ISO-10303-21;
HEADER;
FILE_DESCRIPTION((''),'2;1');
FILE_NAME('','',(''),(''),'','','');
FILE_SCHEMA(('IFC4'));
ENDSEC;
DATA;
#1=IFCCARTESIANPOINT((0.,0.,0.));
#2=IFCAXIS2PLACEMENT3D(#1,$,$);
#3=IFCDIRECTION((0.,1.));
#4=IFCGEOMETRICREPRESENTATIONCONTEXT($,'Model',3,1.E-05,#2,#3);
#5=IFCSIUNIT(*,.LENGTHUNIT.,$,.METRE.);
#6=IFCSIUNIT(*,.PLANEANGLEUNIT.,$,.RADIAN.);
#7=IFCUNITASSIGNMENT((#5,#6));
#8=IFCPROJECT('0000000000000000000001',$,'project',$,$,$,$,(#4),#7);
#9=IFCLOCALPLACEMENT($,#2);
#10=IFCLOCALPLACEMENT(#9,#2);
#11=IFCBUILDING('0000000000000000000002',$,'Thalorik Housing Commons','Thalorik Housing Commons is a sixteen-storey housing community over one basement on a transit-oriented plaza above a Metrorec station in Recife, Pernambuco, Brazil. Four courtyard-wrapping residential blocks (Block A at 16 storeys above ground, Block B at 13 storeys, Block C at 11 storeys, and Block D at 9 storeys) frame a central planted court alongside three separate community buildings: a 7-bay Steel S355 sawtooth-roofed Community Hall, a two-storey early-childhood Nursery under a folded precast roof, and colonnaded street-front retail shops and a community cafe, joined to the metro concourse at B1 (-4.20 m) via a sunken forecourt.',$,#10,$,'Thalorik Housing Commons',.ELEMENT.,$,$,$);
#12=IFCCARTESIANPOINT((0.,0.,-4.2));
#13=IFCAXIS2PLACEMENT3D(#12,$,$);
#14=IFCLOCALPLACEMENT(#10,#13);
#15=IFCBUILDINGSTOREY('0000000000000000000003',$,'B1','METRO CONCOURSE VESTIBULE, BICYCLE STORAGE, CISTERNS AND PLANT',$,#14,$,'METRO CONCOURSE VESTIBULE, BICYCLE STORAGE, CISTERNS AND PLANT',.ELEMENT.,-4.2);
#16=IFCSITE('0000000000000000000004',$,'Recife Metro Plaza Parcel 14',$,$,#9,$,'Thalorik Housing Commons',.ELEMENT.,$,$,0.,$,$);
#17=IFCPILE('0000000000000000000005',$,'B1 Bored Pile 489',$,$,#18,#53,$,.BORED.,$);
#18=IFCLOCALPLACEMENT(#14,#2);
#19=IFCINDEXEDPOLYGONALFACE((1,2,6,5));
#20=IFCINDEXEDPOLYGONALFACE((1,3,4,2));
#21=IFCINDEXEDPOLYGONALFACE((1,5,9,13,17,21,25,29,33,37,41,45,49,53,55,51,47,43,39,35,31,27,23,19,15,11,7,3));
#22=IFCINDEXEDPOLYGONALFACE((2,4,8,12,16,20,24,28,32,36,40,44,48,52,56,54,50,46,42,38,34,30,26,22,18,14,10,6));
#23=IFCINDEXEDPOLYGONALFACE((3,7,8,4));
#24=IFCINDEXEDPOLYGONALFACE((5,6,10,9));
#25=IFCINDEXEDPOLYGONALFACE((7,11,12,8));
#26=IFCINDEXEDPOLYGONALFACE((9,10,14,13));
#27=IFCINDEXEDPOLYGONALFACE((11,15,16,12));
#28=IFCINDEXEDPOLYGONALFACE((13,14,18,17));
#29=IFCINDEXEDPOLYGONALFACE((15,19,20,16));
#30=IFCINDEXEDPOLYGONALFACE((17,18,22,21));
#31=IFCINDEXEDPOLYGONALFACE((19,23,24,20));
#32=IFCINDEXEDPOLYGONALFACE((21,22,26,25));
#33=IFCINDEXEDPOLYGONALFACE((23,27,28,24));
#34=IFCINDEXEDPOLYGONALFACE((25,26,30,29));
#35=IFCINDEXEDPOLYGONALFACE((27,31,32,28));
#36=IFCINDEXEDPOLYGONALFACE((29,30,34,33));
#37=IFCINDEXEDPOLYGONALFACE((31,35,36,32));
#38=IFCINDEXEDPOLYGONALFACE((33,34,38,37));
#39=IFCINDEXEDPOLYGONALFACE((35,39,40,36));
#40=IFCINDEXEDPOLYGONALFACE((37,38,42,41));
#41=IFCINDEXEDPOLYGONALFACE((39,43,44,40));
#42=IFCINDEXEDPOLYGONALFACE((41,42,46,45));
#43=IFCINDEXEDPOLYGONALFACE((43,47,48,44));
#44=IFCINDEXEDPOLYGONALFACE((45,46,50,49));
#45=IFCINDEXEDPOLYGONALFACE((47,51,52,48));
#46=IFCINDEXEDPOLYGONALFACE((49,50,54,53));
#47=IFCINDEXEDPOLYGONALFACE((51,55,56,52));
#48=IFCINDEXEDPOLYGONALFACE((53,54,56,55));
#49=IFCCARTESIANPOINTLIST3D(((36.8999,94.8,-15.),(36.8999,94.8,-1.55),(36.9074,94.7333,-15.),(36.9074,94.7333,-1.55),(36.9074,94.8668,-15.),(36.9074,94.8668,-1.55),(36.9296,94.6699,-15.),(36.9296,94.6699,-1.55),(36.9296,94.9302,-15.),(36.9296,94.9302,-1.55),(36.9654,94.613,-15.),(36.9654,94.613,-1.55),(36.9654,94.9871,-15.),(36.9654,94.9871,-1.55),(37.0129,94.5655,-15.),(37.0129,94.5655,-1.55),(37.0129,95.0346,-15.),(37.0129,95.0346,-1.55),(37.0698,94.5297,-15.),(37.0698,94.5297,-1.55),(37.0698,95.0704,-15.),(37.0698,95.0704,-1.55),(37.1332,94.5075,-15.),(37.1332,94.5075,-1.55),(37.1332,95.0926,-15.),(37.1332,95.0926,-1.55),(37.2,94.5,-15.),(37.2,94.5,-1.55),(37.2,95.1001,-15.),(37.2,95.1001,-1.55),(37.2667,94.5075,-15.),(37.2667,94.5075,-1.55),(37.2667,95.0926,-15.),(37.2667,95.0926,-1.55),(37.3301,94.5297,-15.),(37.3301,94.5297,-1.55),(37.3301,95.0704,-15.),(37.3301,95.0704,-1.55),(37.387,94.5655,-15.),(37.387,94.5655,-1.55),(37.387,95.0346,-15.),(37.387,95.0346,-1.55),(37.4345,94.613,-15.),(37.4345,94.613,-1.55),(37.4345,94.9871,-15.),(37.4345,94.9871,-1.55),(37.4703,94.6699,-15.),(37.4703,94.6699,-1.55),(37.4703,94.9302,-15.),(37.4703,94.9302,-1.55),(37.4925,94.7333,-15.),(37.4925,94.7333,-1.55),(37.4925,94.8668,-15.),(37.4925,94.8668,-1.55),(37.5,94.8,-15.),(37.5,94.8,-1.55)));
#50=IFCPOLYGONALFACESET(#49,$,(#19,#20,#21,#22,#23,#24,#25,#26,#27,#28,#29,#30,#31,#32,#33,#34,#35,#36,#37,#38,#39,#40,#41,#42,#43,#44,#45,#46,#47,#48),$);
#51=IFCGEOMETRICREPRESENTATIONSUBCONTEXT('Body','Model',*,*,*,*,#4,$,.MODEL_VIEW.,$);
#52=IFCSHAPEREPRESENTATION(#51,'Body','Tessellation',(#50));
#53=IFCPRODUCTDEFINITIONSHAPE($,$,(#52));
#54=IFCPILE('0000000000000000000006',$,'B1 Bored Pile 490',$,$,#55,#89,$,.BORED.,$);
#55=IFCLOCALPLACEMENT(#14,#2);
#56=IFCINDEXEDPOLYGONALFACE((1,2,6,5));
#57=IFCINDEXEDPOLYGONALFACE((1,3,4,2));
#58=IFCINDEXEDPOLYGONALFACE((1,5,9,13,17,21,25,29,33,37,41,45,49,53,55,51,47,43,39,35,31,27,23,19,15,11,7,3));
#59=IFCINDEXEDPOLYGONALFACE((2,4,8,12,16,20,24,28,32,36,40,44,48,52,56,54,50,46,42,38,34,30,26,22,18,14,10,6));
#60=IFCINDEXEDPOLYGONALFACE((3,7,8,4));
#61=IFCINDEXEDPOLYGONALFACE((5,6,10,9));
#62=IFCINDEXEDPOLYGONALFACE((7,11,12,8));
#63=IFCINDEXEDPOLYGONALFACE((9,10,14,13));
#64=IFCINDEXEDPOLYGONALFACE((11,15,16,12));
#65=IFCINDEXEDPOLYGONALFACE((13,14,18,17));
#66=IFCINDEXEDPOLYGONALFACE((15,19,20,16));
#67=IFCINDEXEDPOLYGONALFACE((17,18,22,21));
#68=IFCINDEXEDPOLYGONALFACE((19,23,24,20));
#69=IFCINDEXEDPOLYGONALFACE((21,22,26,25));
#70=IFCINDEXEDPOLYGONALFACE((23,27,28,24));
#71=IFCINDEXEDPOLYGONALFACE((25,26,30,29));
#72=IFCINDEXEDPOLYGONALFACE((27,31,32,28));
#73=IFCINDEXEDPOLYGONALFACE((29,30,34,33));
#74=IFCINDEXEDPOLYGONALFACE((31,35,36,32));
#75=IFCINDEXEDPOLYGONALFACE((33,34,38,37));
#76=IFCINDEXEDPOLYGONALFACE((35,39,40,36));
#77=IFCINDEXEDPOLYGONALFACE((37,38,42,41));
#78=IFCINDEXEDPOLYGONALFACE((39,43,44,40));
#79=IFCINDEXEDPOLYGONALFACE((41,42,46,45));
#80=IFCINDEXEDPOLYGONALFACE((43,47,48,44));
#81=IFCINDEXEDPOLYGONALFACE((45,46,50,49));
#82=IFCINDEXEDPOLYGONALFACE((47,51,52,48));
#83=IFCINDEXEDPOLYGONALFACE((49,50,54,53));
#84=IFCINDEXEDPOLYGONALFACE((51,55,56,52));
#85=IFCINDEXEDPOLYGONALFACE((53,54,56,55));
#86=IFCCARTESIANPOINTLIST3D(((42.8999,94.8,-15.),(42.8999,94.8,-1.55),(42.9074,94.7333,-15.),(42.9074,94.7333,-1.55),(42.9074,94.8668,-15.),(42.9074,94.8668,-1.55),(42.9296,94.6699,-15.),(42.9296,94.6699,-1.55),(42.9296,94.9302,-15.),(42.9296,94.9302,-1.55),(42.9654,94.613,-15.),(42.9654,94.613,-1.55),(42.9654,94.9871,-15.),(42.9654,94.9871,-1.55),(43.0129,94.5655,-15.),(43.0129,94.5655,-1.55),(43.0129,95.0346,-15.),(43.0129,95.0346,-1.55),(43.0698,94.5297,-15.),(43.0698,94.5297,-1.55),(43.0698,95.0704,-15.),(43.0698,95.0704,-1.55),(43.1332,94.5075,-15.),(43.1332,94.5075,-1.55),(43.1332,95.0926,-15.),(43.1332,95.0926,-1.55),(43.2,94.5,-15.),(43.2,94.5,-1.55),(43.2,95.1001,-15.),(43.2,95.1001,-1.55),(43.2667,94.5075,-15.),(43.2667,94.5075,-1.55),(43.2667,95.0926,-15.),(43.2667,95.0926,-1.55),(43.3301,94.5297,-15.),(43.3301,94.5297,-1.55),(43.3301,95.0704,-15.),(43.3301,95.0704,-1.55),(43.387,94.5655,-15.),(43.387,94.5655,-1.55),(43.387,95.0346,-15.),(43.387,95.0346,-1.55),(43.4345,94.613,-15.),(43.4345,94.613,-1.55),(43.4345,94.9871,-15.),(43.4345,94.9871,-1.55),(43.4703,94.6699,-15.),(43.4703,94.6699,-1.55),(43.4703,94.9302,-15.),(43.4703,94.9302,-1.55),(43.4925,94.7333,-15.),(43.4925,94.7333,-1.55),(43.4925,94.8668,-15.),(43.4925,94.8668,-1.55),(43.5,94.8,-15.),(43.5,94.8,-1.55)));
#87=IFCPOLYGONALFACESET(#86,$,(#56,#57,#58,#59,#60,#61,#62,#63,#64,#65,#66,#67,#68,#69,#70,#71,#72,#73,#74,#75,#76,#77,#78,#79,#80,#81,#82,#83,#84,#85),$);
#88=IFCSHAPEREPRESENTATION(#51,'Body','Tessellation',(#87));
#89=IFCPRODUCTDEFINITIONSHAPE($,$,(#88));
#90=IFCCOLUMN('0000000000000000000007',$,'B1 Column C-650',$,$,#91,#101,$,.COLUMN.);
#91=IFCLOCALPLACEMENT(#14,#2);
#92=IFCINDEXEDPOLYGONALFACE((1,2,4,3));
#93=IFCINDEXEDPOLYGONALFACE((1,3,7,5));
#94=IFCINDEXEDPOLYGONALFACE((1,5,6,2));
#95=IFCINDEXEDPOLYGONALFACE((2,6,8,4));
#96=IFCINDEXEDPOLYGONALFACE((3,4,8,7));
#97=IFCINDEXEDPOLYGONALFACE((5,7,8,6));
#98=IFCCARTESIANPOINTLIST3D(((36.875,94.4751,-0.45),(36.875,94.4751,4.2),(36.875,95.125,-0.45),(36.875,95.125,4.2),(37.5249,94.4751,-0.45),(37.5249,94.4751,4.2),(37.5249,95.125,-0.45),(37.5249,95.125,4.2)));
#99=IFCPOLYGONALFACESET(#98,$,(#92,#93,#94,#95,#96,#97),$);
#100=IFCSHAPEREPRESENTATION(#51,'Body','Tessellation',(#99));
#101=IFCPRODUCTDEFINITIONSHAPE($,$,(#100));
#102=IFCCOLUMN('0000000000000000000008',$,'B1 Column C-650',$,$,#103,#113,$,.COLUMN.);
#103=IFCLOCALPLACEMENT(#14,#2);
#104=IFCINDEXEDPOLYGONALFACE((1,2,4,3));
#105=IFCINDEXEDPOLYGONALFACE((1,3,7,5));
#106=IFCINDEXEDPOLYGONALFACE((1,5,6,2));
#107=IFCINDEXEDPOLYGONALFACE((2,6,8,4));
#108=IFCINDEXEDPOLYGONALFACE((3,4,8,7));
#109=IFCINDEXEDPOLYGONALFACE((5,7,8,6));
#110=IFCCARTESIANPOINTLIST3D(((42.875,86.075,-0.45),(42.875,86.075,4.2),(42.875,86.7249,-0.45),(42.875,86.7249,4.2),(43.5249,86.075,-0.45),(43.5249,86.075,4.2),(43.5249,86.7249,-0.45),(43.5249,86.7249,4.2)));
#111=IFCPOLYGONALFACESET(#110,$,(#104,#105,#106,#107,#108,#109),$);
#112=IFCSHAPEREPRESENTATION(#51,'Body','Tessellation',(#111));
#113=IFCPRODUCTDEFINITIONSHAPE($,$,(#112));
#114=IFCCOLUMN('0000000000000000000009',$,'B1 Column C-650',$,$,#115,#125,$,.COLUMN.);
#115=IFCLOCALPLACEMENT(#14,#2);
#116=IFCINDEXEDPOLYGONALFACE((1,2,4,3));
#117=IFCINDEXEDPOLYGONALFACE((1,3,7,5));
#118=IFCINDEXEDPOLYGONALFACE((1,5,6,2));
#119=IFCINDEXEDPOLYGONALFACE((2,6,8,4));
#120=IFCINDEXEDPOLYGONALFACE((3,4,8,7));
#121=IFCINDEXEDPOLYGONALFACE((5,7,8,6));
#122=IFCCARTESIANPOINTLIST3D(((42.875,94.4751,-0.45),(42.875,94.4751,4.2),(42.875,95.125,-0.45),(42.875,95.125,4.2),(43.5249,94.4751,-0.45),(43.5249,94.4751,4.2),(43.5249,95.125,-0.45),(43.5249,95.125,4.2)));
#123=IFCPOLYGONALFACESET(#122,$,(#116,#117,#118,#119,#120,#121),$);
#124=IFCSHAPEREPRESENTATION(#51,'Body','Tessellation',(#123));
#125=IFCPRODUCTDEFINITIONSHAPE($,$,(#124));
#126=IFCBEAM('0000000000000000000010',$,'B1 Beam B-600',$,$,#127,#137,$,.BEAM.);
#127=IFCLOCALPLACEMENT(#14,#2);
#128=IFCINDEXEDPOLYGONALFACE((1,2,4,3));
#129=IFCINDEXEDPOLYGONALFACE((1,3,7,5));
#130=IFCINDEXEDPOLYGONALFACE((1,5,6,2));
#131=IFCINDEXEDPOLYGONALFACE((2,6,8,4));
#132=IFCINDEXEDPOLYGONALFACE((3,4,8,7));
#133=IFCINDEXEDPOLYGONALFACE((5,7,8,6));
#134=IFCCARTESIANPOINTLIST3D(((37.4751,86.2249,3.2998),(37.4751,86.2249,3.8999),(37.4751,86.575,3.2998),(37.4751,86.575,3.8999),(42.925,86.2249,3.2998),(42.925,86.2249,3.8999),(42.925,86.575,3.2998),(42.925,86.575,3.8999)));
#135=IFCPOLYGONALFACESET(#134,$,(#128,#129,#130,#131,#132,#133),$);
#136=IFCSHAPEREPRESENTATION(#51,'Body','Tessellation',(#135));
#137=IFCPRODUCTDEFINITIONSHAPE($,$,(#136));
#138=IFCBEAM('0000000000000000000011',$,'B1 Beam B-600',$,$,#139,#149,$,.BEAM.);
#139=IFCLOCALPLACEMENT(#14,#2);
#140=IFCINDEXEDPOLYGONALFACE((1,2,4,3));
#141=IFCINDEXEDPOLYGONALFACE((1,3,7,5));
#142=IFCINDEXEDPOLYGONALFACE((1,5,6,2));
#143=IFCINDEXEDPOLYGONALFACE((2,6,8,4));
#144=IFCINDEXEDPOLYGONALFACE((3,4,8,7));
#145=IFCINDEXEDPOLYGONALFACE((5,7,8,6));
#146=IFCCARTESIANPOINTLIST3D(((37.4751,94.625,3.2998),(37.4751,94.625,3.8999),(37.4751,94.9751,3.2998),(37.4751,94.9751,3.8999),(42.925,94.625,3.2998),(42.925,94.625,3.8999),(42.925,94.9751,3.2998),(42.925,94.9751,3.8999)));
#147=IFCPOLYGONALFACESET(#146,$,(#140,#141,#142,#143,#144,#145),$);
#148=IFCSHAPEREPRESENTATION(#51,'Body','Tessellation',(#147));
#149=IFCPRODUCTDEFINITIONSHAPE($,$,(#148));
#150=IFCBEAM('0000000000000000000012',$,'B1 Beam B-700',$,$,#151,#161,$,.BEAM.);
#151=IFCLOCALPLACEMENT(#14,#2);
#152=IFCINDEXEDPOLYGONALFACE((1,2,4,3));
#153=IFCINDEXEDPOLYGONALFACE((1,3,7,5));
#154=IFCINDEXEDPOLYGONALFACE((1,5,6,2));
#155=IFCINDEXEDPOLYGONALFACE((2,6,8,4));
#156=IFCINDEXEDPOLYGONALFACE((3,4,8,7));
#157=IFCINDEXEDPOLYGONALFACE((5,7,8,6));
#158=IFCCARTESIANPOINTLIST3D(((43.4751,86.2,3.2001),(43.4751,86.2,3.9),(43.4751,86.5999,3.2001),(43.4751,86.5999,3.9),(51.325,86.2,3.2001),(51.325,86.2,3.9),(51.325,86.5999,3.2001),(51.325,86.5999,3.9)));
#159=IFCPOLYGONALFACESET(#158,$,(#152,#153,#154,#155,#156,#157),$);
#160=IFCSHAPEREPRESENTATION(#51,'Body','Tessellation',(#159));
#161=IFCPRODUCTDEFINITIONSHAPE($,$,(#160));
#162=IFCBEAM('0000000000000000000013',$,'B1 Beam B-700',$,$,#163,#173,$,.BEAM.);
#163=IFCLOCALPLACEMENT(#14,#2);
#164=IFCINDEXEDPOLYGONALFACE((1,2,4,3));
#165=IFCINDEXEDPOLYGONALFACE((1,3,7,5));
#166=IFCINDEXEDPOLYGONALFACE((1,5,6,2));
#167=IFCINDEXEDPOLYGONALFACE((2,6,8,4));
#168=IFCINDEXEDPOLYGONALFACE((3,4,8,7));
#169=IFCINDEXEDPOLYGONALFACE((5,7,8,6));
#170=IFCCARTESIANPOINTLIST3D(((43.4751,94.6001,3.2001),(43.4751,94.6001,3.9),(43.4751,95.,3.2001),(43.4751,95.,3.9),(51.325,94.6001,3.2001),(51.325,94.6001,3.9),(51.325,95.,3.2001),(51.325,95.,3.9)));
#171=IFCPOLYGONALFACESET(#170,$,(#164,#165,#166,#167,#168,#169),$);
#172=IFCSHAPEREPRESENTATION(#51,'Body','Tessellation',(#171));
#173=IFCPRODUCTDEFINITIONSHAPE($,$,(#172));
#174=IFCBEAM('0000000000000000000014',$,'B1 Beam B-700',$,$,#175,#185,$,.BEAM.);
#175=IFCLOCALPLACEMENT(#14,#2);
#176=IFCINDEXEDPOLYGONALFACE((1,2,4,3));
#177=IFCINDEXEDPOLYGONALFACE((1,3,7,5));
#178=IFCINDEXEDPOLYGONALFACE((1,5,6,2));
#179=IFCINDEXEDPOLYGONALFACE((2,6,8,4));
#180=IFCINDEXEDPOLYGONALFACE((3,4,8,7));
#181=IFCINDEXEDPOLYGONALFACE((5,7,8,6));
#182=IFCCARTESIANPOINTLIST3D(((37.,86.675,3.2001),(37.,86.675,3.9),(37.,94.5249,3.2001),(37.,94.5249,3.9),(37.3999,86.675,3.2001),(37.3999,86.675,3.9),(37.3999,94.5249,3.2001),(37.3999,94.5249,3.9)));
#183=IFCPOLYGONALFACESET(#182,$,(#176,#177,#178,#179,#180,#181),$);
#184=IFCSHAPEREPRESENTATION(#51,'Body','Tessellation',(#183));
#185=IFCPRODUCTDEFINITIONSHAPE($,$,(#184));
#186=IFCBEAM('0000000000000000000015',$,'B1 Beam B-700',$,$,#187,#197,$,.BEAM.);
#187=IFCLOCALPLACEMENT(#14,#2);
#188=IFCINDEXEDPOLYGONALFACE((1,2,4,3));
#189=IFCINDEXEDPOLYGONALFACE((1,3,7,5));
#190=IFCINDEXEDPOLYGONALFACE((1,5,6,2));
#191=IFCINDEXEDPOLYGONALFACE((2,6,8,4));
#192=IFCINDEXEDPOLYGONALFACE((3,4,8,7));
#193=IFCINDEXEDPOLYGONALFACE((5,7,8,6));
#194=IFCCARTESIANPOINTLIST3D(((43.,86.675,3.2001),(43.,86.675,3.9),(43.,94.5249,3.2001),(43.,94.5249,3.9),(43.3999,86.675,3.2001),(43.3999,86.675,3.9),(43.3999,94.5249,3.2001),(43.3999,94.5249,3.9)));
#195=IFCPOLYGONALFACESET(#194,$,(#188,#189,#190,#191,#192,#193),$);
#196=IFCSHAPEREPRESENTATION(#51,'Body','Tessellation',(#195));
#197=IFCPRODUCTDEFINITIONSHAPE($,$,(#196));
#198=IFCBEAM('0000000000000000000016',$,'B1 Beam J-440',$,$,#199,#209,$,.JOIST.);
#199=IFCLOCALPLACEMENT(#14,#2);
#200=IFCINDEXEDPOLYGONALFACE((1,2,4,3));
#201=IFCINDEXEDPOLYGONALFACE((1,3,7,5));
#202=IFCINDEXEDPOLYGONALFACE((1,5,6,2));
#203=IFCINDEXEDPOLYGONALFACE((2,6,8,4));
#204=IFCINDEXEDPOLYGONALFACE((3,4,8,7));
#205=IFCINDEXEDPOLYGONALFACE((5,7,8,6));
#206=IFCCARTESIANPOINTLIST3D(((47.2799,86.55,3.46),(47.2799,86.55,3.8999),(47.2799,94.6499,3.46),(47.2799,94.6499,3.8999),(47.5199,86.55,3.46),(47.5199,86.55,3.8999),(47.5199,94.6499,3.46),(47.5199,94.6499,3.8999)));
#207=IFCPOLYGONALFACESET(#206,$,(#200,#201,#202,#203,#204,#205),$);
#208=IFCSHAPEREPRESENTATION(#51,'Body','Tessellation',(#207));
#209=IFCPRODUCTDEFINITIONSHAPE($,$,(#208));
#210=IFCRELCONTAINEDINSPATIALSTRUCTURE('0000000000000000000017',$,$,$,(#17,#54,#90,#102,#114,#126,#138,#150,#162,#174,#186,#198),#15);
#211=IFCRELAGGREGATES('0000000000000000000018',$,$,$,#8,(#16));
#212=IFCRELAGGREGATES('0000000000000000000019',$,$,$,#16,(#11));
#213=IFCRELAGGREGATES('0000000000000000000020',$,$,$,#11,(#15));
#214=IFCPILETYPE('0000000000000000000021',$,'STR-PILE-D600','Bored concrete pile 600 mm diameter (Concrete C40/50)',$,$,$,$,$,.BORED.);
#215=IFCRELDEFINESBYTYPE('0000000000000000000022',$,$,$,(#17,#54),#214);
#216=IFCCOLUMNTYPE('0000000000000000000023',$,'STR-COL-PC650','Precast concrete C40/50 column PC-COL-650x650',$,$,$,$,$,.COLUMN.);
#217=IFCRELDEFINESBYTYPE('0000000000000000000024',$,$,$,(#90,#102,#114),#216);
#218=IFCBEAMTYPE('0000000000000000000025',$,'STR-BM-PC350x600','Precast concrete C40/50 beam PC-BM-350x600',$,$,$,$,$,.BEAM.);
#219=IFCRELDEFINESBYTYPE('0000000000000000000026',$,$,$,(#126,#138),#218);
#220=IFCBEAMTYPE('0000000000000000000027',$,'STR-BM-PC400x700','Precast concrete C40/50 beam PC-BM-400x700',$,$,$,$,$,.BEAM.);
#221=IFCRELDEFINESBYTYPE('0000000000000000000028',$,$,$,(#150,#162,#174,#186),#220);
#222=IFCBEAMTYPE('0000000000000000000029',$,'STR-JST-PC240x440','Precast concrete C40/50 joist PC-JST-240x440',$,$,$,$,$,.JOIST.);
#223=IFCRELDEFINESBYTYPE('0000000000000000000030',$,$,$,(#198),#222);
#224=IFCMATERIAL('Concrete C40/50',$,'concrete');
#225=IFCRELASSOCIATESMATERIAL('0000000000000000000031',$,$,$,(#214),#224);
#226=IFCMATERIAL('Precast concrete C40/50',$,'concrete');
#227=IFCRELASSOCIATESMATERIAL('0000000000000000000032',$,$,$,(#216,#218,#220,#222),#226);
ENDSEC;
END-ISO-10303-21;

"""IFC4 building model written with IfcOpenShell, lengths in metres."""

from ifc_helpers import new_model, si_unit, direction, frame, origin, origin_2d, place, context, subcontext, project, spatial, rectangle, circle, extrude, material, material_profile, profile_set, type_object, element, save


model = new_model("IFC4")

# Units and contexts
model_context = context("Model", 3, precision=1e-05, world=origin(), true_north=direction((0.0, 1.0)))
body_context = subcontext(model_context, "Body", "Model", "MODEL_VIEW")
ifc_project = project(units=[si_unit("LENGTHUNIT", "METRE"), si_unit("PLANEANGLEUNIT", "RADIAN")], contexts=[model_context])

# Site, building, storey
site_placement = place(None, origin())
site = spatial("IfcSite", under=ifc_project, at=site_placement, Name="Recife Metro Plaza Parcel 14", LongName="Thalorik Housing Commons", CompositionType="ELEMENT", RefElevation=0.0)
building_placement = place(site_placement, origin())
building = spatial("IfcBuilding", under=site, at=building_placement, Name="Thalorik Housing Commons", Description="Thalorik Housing Commons is a sixteen-storey housing community over one basement on a transit-oriented plaza above a Metrorec station in Recife, Pernambuco, Brazil. Four courtyard-wrapping residential blocks (Block A at 16 storeys above ground, Block B at 13 storeys, Block C at 11 storeys, and Block D at 9 storeys) frame a central planted court alongside three separate community buildings: a 7-bay Steel S355 sawtooth-roofed Community Hall, a two-storey early-childhood Nursery under a folded precast roof, and colonnaded street-front retail shops and a community cafe, joined to the metro concourse at B1 (-4.20 m) via a sunken forecourt.", LongName="Thalorik Housing Commons", CompositionType="ELEMENT")
storey_placement = place(building_placement, frame((0.0, 0.0, -4.2)))
storey = spatial("IfcBuildingStorey", under=building, at=storey_placement, Name="B1", Description="METRO CONCOURSE VESTIBULE, BICYCLE STORAGE, CISTERNS AND PLANT", LongName="METRO CONCOURSE VESTIBULE, BICYCLE STORAGE, CISTERNS AND PLANT", CompositionType="ELEMENT", Elevation=-4.2)

# Shared definitions
ifc_material_1 = material(Name="Concrete C40/50", Category="concrete")

# Piles
ifc_material_profile_1 = material_profile(ifc_material_1, circle(Radius=0.3, at=origin_2d()), Name="BORED PILE D600", Category="concrete")
ifc_profile_set_1 = profile_set([ifc_material_profile_1], Name="Concrete C40/50")
pile_type = type_object("IfcPileType", Name="STR-PILE-D600", Description="Bored concrete pile 600 mm diameter (Concrete C40/50)", PredefinedType="BORED", material=ifc_profile_set_1)
for number, where, z_axis, x_axis, name in (
    (1, (37.2, 94.8, -1.55), (0.0, 0.0, -1.0), (1.0, 0.0, 0.0), "B1 Bored Pile 489"),
    (2, (43.2, 94.8, -1.55), (0.0, 0.0, -1.0), (1.0, 0.0, 0.0), "B1 Bored Pile 490"),
):
    element("IfcPile", number, at=place(storey_placement, frame(where, z_axis=z_axis, x_axis=x_axis)), inside=storey, type_object=pile_type, Name=name, PredefinedType="BORED", context=body_context, shape_type="SweptSolid", body=[
        extrude(circle(Radius=0.3, at=origin_2d()), origin(), (0.0, 0.0, 1.0), 13.45),
    ])

# Columns
ifc_material_2 = material(Name="Precast concrete C40/50", Category="concrete")
ifc_material_profile_2 = material_profile(ifc_material_2, rectangle(XDim=0.6499, YDim=0.6499, at=origin_2d()), Name="PC 650x650", Category="concrete")
ifc_profile_set_2 = profile_set([ifc_material_profile_2], Name="Precast concrete C40/50")
column_type = type_object("IfcColumnType", Name="STR-COL-PC650", Description="Precast concrete C40/50 column PC-COL-650x650", PredefinedType="COLUMN", material=ifc_profile_set_2)
for number, where, z_axis, x_axis, name in (
    (3, (37.2, 94.8, -0.45), (0.0, 0.0, 1.0), (1.0, 0.0, 0.0), "B1 Column C-650"),
    (4, (43.2, 86.3999, -0.45), (0.0, 0.0, 1.0), (1.0, 0.0, 0.0), "B1 Column C-650"),
    (5, (43.2, 94.8, -0.45), (0.0, 0.0, 1.0), (1.0, 0.0, 0.0), "B1 Column C-650"),
):
    element("IfcColumn", number, at=place(storey_placement, frame(where, z_axis=z_axis, x_axis=x_axis)), inside=storey, type_object=column_type, Name=name, PredefinedType="COLUMN", context=body_context, shape_type="SweptSolid", body=[
        extrude(rectangle(XDim=0.6499, YDim=0.6499, at=origin_2d()), origin(), (0.0, 0.0, 1.0), 4.6499),
    ])

# Beams
ifc_material_profile_3 = material_profile(ifc_material_2, rectangle(XDim=0.3501, YDim=0.6001, at=origin_2d()), Name="PC 350x600", Category="concrete")
ifc_profile_set_3 = profile_set([ifc_material_profile_3], Name="Precast concrete C40/50")
beam_type_1 = type_object("IfcBeamType", Name="STR-BM-PC350x600", Description="Precast concrete C40/50 beam PC-BM-350x600", PredefinedType="BEAM", material=ifc_profile_set_3)
for number, where, z_axis, x_axis, name in (
    (6, (37.4751, 86.3999, 3.5999), (1.0, 0.0, 0.0), (0.0, 1.0, 0.0), "B1 Beam B-600"),
    (7, (37.4751, 94.8, 3.5999), (1.0, 0.0, 0.0), (0.0, 1.0, 0.0), "B1 Beam B-600"),
):
    element("IfcBeam", number, at=place(storey_placement, frame(where, z_axis=z_axis, x_axis=x_axis)), inside=storey, type_object=beam_type_1, Name=name, PredefinedType="BEAM", context=body_context, shape_type="SweptSolid", body=[
        extrude(rectangle(XDim=0.3501, YDim=0.6001, at=origin_2d()), origin(), (0.0, 0.0, 1.0), 5.45),
    ])
ifc_material_profile_4 = material_profile(ifc_material_2, rectangle(XDim=0.3999, YDim=0.7, at=origin_2d()), Name="PC 400x700", Category="concrete")
ifc_profile_set_4 = profile_set([ifc_material_profile_4], Name="Precast concrete C40/50")
beam_type_2 = type_object("IfcBeamType", Name="STR-BM-PC400x700", Description="Precast concrete C40/50 beam PC-BM-400x700", PredefinedType="BEAM", material=ifc_profile_set_4)
for number, where, z_axis, x_axis, name in (
    (8, (43.4751, 86.3999, 3.55), (1.0, 0.0, 0.0), (0.0, 1.0, 0.0), "B1 Beam B-700"),
    (9, (43.4751, 94.8, 3.55), (1.0, 0.0, 0.0), (0.0, 1.0, 0.0), "B1 Beam B-700"),
    (10, (37.2, 86.675, 3.55), (0.0, 1.0, 0.0), (-1.0, 0.0, 0.0), "B1 Beam B-700"),
    (11, (43.2, 86.675, 3.55), (0.0, 1.0, 0.0), (-1.0, 0.0, 0.0), "B1 Beam B-700"),
):
    element("IfcBeam", number, at=place(storey_placement, frame(where, z_axis=z_axis, x_axis=x_axis)), inside=storey, type_object=beam_type_2, Name=name, PredefinedType="BEAM", context=body_context, shape_type="SweptSolid", body=[
        extrude(rectangle(XDim=0.3999, YDim=0.7, at=origin_2d()), origin(), (0.0, 0.0, 1.0), 7.8499),
    ])
ifc_material_profile_5 = material_profile(ifc_material_2, rectangle(XDim=0.24, YDim=0.4399, at=origin_2d()), Name="PC JST 240x440", Category="concrete")
ifc_profile_set_5 = profile_set([ifc_material_profile_5], Name="Precast concrete C40/50")
beam_type_3 = type_object("IfcBeamType", Name="STR-JST-PC240x440", Description="Precast concrete C40/50 joist PC-JST-240x440", PredefinedType="JOIST", material=ifc_profile_set_5)
beam_placement = place(storey_placement, frame((47.3999, 86.55, 3.6799), z_axis=(0.0, 1.0, 0.0), x_axis=(-1.0, 0.0, 0.0)))
element("IfcBeam", 12, at=beam_placement, inside=storey, type_object=beam_type_3, Name="B1 Beam J-440", PredefinedType="JOIST", context=body_context, shape_type="SweptSolid", body=[
    extrude(rectangle(XDim=0.24, YDim=0.4399, at=origin_2d()), origin(), (0.0, 0.0, 1.0), 8.0999),
])

save(model, "model.ifc")
